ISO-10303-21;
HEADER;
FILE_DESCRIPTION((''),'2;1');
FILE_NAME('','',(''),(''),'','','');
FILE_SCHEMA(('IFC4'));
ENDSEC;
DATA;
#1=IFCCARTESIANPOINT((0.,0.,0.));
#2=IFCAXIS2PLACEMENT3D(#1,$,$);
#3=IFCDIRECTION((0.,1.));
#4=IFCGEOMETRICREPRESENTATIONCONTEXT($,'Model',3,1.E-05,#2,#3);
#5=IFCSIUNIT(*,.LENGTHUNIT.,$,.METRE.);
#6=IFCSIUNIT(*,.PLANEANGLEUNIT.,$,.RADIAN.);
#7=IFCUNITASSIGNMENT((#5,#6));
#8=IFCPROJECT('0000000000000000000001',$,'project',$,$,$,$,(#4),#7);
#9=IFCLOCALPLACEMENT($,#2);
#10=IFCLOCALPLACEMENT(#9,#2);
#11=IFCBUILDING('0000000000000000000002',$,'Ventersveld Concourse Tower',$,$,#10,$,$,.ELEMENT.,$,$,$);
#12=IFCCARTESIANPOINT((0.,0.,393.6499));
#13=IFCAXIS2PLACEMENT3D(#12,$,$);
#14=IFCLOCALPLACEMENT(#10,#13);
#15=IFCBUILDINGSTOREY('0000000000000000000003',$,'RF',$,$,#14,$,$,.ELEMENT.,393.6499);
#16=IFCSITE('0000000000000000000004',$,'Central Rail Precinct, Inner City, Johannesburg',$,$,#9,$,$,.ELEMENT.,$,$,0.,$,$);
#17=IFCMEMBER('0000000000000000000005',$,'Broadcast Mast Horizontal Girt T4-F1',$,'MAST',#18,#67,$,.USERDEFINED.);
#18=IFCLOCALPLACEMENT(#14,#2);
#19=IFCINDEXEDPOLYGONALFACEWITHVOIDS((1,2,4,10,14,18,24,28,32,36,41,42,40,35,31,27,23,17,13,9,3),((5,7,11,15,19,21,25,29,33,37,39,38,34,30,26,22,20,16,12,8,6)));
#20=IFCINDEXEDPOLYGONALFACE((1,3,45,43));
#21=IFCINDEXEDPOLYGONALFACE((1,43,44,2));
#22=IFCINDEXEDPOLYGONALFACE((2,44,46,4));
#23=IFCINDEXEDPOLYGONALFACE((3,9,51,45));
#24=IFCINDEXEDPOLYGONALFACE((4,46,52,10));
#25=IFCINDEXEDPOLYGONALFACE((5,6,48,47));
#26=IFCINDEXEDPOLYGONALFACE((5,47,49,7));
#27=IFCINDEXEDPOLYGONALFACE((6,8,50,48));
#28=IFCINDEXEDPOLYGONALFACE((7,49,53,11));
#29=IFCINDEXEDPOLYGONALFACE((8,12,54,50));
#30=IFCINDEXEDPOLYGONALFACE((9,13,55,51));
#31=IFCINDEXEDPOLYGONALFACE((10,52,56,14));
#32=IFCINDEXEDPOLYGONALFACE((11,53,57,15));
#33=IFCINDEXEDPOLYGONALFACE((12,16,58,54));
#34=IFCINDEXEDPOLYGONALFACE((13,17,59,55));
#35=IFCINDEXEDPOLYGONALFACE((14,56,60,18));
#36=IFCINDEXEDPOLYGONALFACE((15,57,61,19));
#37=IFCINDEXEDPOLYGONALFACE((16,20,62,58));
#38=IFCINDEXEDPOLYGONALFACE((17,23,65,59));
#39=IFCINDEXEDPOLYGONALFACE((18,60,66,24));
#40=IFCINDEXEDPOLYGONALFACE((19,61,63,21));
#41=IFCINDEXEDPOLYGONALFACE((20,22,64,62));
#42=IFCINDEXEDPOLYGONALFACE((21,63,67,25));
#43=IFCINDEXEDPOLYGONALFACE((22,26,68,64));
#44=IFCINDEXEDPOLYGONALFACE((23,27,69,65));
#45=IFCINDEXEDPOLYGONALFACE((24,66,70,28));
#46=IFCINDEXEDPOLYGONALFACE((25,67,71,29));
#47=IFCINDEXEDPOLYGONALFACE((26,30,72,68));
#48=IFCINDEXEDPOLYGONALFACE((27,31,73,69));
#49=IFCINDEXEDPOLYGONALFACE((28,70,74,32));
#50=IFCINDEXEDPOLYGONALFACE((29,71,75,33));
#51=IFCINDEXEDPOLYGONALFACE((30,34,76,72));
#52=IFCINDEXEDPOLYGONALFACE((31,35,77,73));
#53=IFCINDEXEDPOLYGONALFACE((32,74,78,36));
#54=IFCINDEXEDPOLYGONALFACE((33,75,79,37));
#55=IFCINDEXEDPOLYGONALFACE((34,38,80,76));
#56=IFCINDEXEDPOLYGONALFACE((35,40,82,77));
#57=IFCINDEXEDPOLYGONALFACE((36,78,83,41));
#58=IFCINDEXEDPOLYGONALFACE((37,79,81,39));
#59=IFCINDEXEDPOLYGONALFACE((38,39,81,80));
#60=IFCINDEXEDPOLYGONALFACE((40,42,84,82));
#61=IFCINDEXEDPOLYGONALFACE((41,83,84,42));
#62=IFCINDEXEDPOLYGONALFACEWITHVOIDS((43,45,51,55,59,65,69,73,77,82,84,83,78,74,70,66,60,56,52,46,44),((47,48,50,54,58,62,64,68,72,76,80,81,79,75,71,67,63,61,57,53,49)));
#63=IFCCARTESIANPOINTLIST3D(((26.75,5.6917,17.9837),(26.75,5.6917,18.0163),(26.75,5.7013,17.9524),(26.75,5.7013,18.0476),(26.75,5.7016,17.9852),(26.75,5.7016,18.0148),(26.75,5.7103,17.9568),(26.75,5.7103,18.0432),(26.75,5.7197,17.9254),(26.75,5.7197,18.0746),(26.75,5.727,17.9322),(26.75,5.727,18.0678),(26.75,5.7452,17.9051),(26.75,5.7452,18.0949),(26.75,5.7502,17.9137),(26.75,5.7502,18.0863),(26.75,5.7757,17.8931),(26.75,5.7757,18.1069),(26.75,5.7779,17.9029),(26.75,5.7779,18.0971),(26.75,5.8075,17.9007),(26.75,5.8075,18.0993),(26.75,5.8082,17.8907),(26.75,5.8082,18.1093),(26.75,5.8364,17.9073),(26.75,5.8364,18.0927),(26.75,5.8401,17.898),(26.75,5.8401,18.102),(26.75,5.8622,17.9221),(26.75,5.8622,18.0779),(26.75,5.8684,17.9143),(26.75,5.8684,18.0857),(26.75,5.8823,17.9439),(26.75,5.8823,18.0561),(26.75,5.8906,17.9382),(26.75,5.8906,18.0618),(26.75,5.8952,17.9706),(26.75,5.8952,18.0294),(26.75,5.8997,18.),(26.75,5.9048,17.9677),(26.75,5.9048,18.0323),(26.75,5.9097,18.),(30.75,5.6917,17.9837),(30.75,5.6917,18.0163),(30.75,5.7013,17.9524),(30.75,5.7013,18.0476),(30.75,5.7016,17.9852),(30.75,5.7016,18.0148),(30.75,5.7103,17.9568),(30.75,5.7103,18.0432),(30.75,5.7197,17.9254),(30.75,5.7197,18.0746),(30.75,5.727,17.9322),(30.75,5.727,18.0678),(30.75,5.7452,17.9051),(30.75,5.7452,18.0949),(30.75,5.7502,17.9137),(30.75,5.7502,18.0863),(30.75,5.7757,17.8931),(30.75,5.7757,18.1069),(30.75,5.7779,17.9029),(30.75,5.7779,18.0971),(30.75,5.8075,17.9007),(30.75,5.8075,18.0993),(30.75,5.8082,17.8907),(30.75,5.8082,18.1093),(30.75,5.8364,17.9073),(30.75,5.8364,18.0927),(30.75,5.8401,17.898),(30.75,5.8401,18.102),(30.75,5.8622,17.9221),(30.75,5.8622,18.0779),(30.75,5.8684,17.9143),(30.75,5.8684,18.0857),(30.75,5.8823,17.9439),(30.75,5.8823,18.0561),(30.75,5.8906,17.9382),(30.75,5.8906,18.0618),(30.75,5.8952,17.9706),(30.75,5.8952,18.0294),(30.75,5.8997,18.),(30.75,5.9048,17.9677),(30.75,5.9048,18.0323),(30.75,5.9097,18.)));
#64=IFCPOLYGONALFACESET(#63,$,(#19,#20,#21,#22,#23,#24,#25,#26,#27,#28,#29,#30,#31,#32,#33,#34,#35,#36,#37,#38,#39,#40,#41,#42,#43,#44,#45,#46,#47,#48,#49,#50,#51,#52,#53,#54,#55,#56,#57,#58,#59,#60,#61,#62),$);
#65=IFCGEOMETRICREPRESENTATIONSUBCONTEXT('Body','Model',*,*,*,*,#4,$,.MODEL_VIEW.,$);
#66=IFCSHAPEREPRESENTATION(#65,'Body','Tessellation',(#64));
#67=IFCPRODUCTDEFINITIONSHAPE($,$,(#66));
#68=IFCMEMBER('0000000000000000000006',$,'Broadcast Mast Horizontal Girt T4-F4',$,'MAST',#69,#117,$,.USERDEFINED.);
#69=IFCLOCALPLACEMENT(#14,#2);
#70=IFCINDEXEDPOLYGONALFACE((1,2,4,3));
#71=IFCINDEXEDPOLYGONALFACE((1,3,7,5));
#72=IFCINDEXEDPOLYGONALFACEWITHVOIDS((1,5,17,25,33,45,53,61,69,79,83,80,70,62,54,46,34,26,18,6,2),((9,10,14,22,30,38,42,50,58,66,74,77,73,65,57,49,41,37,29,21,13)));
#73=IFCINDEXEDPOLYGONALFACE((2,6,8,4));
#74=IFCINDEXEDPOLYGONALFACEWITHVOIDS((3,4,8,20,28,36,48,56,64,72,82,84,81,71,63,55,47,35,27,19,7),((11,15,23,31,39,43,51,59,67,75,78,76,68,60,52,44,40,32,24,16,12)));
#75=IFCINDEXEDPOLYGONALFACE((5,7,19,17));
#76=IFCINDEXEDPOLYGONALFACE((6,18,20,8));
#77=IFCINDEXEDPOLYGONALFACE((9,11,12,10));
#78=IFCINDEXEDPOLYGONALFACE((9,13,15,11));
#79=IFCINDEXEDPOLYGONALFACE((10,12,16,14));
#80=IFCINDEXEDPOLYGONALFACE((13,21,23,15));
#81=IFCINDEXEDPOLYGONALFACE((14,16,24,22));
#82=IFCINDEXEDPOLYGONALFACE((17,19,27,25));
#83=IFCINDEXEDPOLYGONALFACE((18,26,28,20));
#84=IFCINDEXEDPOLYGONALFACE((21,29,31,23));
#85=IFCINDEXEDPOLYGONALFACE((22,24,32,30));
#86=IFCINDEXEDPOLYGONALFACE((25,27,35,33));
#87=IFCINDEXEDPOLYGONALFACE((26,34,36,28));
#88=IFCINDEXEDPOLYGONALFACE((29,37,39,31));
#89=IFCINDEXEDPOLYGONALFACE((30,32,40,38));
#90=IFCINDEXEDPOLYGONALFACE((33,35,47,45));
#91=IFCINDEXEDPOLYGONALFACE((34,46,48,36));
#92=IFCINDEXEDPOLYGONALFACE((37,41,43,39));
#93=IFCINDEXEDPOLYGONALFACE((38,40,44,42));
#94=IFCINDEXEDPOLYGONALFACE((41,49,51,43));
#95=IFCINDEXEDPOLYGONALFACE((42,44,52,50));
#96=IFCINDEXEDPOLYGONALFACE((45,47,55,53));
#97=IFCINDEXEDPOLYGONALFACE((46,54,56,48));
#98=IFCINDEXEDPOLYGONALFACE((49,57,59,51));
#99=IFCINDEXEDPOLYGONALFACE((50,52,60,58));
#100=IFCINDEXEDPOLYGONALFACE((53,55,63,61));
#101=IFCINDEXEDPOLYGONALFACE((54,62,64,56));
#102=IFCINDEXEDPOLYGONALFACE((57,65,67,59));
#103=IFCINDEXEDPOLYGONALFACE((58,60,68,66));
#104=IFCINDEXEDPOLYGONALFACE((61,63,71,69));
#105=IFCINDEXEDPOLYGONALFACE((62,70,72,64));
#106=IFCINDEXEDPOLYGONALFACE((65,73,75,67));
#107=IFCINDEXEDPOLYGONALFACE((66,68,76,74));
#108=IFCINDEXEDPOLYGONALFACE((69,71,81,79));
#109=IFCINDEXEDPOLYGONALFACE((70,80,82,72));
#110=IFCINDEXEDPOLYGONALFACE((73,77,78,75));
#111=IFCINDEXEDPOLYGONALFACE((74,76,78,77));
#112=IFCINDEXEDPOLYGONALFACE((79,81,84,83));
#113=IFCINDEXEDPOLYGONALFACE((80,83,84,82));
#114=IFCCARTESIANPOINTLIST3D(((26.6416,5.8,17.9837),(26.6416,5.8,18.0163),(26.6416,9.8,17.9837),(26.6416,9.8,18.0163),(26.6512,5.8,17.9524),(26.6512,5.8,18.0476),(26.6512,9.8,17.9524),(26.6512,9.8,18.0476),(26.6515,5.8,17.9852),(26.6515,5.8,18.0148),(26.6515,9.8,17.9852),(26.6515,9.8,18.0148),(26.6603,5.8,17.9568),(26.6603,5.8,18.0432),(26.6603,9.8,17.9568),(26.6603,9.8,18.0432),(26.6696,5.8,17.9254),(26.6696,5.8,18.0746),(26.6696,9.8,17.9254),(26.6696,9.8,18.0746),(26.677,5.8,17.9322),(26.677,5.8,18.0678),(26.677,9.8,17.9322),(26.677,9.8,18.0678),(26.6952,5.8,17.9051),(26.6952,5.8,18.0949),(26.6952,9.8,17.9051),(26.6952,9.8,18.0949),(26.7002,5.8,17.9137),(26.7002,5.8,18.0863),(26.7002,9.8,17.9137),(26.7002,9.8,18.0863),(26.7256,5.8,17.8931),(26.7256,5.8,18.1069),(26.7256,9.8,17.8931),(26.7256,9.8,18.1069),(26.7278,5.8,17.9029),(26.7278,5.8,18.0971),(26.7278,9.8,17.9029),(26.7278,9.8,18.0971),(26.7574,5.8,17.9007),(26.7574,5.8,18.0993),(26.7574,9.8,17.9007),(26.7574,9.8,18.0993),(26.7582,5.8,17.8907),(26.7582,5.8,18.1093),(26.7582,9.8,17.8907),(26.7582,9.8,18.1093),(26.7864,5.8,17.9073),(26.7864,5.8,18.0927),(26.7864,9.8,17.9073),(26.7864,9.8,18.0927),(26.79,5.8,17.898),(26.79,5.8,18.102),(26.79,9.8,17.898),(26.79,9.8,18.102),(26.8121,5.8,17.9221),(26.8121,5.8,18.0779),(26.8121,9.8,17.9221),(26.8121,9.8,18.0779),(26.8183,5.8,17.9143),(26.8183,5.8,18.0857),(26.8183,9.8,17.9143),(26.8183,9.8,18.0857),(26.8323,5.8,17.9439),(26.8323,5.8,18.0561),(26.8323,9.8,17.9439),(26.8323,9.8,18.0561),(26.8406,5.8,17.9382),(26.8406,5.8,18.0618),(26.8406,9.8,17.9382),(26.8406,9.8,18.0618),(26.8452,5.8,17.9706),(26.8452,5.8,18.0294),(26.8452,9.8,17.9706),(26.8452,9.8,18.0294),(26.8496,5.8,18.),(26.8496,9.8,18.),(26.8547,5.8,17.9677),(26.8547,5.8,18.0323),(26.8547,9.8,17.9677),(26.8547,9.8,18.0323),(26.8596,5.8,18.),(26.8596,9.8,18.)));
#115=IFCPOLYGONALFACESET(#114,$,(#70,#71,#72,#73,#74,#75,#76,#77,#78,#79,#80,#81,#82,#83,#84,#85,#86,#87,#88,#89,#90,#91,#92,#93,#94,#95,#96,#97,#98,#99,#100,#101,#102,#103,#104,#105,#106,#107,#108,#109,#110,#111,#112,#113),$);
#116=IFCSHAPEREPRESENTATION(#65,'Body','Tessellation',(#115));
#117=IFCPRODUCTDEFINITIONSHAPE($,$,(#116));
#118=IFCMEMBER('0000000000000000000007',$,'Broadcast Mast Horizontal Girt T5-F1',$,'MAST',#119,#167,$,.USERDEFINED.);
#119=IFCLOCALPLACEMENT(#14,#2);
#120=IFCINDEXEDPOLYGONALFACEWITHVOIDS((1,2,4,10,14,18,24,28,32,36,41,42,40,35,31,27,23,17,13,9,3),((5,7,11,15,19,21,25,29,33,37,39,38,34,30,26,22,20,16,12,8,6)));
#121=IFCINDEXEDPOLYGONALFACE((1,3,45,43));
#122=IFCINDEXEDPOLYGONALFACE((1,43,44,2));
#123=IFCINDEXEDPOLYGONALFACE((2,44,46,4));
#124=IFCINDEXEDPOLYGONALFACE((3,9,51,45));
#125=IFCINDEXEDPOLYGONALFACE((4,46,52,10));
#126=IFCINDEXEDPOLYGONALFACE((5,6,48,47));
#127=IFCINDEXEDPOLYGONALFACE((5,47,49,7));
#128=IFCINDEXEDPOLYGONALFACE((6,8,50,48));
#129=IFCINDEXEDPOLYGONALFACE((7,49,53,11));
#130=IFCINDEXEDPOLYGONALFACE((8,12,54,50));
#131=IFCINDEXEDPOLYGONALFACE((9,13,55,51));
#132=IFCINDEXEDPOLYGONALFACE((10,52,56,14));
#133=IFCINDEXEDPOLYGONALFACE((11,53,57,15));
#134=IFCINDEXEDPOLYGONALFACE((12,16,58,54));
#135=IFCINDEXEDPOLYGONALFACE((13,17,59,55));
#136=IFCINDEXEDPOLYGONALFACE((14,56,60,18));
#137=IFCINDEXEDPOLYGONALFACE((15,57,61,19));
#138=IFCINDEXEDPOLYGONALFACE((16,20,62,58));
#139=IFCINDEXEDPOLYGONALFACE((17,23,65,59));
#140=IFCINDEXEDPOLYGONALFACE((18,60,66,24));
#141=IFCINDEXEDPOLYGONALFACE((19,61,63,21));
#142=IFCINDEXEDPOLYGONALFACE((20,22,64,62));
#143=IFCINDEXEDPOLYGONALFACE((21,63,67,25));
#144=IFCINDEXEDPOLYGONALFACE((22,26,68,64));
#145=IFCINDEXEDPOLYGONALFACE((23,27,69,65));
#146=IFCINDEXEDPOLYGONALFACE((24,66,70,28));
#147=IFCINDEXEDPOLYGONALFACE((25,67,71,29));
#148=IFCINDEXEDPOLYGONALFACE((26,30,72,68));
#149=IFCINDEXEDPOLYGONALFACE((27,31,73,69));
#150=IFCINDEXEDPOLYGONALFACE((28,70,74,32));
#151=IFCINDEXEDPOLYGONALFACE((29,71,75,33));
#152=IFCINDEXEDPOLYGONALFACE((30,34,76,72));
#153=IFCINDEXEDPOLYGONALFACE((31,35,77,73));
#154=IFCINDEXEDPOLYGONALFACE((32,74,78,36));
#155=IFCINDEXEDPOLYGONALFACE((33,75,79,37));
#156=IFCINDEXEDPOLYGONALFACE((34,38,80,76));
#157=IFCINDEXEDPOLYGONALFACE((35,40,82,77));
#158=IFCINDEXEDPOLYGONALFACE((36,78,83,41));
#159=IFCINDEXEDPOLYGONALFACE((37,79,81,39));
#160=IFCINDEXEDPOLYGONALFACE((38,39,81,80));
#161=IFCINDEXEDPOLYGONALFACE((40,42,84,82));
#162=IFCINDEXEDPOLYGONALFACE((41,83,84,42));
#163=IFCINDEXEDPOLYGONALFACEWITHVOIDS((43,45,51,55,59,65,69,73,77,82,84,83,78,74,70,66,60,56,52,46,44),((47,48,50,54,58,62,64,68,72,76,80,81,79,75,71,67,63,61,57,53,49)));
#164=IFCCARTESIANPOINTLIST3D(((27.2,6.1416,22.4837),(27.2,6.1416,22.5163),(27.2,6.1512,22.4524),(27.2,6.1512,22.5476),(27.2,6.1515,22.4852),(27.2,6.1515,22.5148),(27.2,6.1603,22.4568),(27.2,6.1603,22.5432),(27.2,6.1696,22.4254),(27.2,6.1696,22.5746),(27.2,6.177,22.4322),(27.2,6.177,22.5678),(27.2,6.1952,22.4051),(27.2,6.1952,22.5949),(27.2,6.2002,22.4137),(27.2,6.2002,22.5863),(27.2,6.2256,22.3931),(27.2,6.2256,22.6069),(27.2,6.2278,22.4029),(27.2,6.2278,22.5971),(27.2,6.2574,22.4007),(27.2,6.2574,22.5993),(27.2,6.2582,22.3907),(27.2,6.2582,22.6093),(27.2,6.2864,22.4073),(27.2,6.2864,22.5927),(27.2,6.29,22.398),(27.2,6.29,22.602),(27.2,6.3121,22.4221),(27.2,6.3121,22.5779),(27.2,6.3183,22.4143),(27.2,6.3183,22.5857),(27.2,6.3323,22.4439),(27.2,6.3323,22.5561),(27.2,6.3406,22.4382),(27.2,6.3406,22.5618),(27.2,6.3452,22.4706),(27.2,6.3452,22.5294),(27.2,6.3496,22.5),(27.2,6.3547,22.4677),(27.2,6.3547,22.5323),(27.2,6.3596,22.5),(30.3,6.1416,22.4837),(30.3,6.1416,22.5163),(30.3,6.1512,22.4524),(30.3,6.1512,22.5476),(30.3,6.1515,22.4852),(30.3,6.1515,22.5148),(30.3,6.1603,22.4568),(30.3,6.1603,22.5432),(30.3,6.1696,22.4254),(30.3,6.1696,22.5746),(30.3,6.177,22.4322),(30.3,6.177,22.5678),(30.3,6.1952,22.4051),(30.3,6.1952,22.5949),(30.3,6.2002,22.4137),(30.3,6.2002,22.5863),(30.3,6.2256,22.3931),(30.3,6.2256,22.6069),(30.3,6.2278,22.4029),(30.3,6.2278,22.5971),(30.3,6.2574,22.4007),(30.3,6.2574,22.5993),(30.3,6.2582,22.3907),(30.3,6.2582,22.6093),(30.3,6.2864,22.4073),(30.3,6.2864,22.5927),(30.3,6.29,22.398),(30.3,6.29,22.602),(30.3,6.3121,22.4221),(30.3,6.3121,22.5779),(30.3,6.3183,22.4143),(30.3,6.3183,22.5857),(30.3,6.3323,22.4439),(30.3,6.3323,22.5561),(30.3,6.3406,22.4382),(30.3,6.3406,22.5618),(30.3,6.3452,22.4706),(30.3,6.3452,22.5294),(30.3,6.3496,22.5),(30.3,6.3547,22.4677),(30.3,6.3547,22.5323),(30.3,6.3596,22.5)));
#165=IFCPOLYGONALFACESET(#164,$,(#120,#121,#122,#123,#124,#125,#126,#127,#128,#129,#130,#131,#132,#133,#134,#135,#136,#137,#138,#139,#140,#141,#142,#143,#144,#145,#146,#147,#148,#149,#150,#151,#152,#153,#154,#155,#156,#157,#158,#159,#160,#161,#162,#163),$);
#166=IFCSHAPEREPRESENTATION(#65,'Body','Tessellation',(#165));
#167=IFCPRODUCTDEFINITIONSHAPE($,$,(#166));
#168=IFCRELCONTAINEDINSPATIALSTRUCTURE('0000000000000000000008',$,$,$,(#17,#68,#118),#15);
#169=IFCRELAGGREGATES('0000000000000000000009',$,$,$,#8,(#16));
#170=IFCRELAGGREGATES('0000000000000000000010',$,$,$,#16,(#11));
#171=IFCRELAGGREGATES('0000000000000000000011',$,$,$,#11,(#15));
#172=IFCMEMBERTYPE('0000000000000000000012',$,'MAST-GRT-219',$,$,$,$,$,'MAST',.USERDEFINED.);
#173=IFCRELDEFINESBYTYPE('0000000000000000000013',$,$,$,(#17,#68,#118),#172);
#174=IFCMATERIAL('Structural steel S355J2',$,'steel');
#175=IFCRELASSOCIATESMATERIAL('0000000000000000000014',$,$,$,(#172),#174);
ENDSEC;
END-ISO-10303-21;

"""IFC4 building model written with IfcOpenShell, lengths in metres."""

from ifc_helpers import new_model, si_unit, direction, frame, origin, origin_2d, place, context, subcontext, project, spatial, hollow_circle, extrude, material, material_profile, profile_set, type_object, element, save


model = new_model("IFC4")

# Units and contexts
model_context = context("Model", 3, precision=1e-05, world=origin(), true_north=direction((0.0, 1.0)))
body_context = subcontext(model_context, "Body", "Model", "MODEL_VIEW")
ifc_project = project(units=[si_unit("LENGTHUNIT", "METRE"), si_unit("PLANEANGLEUNIT", "RADIAN")], contexts=[model_context])

# Site, building, storey
site_placement = place(None, origin())
site = spatial("IfcSite", under=ifc_project, at=site_placement, Name="Central Rail Precinct, Inner City, Johannesburg", CompositionType="ELEMENT", RefElevation=0.0)
building_placement = place(site_placement, origin())
building = spatial("IfcBuilding", under=site, at=building_placement, Name="Ventersveld Concourse Tower", CompositionType="ELEMENT")
storey_placement = place(building_placement, frame((0.0, 0.0, 393.6499)))
storey = spatial("IfcBuildingStorey", under=building, at=storey_placement, Name="RF", CompositionType="ELEMENT", Elevation=393.6499)

# Members
ifc_material = material(Name="Structural steel S355J2", Category="steel")
ifc_material_profile_1 = material_profile(ifc_material, hollow_circle(Radius=0.1096, WallThickness=0.01, at=origin_2d()), Name="CHS 219.1x10")
ifc_profile_set_1 = profile_set([ifc_material_profile_1], Name="Structural steel S355J2")
member_type_1 = type_object("IfcMemberType", Name="MAST-GRT-219", ElementType="MAST", PredefinedType="USERDEFINED", material=ifc_profile_set_1)
for number, where, z_axis, x_axis, name in (
    (1, (26.75, 5.8, 18.0), (1.0, 0.0, 0.0), (0.0, 1.0, 0.0), "Broadcast Mast Horizontal Girt T4-F1"),
    (2, (26.75, 9.8, 18.0), (0.0, -1.0, 0.0), (1.0, 0.0, 0.0), "Broadcast Mast Horizontal Girt T4-F4"),
):
    element("IfcMember", number, at=place(storey_placement, frame(where, z_axis=z_axis, x_axis=x_axis)), inside=storey, type_object=member_type_1, Name=name, ObjectType="MAST", PredefinedType="USERDEFINED", context=body_context, shape_type="SweptSolid", body=[
        extrude(hollow_circle(Radius=0.1096, WallThickness=0.01, at=origin_2d()), origin(), (0.0, 0.0, 1.0), 4.0),
    ])
for number, where, z_axis, x_axis, name in (
    (3, (27.2, 6.25, 22.5), (1.0, 0.0, 0.0), (0.0, 1.0, 0.0), "Broadcast Mast Horizontal Girt T5-F1"),
):
    element("IfcMember", number, at=place(storey_placement, frame(where, z_axis=z_axis, x_axis=x_axis)), inside=storey, type_object=member_type_1, Name=name, ObjectType="MAST", PredefinedType="USERDEFINED", context=body_context, shape_type="SweptSolid", body=[
        extrude(hollow_circle(Radius=0.1096, WallThickness=0.01, at=origin_2d()), origin(), (0.0, 0.0, 1.0), 3.1001),
    ])

save(model, "model.ifc")
